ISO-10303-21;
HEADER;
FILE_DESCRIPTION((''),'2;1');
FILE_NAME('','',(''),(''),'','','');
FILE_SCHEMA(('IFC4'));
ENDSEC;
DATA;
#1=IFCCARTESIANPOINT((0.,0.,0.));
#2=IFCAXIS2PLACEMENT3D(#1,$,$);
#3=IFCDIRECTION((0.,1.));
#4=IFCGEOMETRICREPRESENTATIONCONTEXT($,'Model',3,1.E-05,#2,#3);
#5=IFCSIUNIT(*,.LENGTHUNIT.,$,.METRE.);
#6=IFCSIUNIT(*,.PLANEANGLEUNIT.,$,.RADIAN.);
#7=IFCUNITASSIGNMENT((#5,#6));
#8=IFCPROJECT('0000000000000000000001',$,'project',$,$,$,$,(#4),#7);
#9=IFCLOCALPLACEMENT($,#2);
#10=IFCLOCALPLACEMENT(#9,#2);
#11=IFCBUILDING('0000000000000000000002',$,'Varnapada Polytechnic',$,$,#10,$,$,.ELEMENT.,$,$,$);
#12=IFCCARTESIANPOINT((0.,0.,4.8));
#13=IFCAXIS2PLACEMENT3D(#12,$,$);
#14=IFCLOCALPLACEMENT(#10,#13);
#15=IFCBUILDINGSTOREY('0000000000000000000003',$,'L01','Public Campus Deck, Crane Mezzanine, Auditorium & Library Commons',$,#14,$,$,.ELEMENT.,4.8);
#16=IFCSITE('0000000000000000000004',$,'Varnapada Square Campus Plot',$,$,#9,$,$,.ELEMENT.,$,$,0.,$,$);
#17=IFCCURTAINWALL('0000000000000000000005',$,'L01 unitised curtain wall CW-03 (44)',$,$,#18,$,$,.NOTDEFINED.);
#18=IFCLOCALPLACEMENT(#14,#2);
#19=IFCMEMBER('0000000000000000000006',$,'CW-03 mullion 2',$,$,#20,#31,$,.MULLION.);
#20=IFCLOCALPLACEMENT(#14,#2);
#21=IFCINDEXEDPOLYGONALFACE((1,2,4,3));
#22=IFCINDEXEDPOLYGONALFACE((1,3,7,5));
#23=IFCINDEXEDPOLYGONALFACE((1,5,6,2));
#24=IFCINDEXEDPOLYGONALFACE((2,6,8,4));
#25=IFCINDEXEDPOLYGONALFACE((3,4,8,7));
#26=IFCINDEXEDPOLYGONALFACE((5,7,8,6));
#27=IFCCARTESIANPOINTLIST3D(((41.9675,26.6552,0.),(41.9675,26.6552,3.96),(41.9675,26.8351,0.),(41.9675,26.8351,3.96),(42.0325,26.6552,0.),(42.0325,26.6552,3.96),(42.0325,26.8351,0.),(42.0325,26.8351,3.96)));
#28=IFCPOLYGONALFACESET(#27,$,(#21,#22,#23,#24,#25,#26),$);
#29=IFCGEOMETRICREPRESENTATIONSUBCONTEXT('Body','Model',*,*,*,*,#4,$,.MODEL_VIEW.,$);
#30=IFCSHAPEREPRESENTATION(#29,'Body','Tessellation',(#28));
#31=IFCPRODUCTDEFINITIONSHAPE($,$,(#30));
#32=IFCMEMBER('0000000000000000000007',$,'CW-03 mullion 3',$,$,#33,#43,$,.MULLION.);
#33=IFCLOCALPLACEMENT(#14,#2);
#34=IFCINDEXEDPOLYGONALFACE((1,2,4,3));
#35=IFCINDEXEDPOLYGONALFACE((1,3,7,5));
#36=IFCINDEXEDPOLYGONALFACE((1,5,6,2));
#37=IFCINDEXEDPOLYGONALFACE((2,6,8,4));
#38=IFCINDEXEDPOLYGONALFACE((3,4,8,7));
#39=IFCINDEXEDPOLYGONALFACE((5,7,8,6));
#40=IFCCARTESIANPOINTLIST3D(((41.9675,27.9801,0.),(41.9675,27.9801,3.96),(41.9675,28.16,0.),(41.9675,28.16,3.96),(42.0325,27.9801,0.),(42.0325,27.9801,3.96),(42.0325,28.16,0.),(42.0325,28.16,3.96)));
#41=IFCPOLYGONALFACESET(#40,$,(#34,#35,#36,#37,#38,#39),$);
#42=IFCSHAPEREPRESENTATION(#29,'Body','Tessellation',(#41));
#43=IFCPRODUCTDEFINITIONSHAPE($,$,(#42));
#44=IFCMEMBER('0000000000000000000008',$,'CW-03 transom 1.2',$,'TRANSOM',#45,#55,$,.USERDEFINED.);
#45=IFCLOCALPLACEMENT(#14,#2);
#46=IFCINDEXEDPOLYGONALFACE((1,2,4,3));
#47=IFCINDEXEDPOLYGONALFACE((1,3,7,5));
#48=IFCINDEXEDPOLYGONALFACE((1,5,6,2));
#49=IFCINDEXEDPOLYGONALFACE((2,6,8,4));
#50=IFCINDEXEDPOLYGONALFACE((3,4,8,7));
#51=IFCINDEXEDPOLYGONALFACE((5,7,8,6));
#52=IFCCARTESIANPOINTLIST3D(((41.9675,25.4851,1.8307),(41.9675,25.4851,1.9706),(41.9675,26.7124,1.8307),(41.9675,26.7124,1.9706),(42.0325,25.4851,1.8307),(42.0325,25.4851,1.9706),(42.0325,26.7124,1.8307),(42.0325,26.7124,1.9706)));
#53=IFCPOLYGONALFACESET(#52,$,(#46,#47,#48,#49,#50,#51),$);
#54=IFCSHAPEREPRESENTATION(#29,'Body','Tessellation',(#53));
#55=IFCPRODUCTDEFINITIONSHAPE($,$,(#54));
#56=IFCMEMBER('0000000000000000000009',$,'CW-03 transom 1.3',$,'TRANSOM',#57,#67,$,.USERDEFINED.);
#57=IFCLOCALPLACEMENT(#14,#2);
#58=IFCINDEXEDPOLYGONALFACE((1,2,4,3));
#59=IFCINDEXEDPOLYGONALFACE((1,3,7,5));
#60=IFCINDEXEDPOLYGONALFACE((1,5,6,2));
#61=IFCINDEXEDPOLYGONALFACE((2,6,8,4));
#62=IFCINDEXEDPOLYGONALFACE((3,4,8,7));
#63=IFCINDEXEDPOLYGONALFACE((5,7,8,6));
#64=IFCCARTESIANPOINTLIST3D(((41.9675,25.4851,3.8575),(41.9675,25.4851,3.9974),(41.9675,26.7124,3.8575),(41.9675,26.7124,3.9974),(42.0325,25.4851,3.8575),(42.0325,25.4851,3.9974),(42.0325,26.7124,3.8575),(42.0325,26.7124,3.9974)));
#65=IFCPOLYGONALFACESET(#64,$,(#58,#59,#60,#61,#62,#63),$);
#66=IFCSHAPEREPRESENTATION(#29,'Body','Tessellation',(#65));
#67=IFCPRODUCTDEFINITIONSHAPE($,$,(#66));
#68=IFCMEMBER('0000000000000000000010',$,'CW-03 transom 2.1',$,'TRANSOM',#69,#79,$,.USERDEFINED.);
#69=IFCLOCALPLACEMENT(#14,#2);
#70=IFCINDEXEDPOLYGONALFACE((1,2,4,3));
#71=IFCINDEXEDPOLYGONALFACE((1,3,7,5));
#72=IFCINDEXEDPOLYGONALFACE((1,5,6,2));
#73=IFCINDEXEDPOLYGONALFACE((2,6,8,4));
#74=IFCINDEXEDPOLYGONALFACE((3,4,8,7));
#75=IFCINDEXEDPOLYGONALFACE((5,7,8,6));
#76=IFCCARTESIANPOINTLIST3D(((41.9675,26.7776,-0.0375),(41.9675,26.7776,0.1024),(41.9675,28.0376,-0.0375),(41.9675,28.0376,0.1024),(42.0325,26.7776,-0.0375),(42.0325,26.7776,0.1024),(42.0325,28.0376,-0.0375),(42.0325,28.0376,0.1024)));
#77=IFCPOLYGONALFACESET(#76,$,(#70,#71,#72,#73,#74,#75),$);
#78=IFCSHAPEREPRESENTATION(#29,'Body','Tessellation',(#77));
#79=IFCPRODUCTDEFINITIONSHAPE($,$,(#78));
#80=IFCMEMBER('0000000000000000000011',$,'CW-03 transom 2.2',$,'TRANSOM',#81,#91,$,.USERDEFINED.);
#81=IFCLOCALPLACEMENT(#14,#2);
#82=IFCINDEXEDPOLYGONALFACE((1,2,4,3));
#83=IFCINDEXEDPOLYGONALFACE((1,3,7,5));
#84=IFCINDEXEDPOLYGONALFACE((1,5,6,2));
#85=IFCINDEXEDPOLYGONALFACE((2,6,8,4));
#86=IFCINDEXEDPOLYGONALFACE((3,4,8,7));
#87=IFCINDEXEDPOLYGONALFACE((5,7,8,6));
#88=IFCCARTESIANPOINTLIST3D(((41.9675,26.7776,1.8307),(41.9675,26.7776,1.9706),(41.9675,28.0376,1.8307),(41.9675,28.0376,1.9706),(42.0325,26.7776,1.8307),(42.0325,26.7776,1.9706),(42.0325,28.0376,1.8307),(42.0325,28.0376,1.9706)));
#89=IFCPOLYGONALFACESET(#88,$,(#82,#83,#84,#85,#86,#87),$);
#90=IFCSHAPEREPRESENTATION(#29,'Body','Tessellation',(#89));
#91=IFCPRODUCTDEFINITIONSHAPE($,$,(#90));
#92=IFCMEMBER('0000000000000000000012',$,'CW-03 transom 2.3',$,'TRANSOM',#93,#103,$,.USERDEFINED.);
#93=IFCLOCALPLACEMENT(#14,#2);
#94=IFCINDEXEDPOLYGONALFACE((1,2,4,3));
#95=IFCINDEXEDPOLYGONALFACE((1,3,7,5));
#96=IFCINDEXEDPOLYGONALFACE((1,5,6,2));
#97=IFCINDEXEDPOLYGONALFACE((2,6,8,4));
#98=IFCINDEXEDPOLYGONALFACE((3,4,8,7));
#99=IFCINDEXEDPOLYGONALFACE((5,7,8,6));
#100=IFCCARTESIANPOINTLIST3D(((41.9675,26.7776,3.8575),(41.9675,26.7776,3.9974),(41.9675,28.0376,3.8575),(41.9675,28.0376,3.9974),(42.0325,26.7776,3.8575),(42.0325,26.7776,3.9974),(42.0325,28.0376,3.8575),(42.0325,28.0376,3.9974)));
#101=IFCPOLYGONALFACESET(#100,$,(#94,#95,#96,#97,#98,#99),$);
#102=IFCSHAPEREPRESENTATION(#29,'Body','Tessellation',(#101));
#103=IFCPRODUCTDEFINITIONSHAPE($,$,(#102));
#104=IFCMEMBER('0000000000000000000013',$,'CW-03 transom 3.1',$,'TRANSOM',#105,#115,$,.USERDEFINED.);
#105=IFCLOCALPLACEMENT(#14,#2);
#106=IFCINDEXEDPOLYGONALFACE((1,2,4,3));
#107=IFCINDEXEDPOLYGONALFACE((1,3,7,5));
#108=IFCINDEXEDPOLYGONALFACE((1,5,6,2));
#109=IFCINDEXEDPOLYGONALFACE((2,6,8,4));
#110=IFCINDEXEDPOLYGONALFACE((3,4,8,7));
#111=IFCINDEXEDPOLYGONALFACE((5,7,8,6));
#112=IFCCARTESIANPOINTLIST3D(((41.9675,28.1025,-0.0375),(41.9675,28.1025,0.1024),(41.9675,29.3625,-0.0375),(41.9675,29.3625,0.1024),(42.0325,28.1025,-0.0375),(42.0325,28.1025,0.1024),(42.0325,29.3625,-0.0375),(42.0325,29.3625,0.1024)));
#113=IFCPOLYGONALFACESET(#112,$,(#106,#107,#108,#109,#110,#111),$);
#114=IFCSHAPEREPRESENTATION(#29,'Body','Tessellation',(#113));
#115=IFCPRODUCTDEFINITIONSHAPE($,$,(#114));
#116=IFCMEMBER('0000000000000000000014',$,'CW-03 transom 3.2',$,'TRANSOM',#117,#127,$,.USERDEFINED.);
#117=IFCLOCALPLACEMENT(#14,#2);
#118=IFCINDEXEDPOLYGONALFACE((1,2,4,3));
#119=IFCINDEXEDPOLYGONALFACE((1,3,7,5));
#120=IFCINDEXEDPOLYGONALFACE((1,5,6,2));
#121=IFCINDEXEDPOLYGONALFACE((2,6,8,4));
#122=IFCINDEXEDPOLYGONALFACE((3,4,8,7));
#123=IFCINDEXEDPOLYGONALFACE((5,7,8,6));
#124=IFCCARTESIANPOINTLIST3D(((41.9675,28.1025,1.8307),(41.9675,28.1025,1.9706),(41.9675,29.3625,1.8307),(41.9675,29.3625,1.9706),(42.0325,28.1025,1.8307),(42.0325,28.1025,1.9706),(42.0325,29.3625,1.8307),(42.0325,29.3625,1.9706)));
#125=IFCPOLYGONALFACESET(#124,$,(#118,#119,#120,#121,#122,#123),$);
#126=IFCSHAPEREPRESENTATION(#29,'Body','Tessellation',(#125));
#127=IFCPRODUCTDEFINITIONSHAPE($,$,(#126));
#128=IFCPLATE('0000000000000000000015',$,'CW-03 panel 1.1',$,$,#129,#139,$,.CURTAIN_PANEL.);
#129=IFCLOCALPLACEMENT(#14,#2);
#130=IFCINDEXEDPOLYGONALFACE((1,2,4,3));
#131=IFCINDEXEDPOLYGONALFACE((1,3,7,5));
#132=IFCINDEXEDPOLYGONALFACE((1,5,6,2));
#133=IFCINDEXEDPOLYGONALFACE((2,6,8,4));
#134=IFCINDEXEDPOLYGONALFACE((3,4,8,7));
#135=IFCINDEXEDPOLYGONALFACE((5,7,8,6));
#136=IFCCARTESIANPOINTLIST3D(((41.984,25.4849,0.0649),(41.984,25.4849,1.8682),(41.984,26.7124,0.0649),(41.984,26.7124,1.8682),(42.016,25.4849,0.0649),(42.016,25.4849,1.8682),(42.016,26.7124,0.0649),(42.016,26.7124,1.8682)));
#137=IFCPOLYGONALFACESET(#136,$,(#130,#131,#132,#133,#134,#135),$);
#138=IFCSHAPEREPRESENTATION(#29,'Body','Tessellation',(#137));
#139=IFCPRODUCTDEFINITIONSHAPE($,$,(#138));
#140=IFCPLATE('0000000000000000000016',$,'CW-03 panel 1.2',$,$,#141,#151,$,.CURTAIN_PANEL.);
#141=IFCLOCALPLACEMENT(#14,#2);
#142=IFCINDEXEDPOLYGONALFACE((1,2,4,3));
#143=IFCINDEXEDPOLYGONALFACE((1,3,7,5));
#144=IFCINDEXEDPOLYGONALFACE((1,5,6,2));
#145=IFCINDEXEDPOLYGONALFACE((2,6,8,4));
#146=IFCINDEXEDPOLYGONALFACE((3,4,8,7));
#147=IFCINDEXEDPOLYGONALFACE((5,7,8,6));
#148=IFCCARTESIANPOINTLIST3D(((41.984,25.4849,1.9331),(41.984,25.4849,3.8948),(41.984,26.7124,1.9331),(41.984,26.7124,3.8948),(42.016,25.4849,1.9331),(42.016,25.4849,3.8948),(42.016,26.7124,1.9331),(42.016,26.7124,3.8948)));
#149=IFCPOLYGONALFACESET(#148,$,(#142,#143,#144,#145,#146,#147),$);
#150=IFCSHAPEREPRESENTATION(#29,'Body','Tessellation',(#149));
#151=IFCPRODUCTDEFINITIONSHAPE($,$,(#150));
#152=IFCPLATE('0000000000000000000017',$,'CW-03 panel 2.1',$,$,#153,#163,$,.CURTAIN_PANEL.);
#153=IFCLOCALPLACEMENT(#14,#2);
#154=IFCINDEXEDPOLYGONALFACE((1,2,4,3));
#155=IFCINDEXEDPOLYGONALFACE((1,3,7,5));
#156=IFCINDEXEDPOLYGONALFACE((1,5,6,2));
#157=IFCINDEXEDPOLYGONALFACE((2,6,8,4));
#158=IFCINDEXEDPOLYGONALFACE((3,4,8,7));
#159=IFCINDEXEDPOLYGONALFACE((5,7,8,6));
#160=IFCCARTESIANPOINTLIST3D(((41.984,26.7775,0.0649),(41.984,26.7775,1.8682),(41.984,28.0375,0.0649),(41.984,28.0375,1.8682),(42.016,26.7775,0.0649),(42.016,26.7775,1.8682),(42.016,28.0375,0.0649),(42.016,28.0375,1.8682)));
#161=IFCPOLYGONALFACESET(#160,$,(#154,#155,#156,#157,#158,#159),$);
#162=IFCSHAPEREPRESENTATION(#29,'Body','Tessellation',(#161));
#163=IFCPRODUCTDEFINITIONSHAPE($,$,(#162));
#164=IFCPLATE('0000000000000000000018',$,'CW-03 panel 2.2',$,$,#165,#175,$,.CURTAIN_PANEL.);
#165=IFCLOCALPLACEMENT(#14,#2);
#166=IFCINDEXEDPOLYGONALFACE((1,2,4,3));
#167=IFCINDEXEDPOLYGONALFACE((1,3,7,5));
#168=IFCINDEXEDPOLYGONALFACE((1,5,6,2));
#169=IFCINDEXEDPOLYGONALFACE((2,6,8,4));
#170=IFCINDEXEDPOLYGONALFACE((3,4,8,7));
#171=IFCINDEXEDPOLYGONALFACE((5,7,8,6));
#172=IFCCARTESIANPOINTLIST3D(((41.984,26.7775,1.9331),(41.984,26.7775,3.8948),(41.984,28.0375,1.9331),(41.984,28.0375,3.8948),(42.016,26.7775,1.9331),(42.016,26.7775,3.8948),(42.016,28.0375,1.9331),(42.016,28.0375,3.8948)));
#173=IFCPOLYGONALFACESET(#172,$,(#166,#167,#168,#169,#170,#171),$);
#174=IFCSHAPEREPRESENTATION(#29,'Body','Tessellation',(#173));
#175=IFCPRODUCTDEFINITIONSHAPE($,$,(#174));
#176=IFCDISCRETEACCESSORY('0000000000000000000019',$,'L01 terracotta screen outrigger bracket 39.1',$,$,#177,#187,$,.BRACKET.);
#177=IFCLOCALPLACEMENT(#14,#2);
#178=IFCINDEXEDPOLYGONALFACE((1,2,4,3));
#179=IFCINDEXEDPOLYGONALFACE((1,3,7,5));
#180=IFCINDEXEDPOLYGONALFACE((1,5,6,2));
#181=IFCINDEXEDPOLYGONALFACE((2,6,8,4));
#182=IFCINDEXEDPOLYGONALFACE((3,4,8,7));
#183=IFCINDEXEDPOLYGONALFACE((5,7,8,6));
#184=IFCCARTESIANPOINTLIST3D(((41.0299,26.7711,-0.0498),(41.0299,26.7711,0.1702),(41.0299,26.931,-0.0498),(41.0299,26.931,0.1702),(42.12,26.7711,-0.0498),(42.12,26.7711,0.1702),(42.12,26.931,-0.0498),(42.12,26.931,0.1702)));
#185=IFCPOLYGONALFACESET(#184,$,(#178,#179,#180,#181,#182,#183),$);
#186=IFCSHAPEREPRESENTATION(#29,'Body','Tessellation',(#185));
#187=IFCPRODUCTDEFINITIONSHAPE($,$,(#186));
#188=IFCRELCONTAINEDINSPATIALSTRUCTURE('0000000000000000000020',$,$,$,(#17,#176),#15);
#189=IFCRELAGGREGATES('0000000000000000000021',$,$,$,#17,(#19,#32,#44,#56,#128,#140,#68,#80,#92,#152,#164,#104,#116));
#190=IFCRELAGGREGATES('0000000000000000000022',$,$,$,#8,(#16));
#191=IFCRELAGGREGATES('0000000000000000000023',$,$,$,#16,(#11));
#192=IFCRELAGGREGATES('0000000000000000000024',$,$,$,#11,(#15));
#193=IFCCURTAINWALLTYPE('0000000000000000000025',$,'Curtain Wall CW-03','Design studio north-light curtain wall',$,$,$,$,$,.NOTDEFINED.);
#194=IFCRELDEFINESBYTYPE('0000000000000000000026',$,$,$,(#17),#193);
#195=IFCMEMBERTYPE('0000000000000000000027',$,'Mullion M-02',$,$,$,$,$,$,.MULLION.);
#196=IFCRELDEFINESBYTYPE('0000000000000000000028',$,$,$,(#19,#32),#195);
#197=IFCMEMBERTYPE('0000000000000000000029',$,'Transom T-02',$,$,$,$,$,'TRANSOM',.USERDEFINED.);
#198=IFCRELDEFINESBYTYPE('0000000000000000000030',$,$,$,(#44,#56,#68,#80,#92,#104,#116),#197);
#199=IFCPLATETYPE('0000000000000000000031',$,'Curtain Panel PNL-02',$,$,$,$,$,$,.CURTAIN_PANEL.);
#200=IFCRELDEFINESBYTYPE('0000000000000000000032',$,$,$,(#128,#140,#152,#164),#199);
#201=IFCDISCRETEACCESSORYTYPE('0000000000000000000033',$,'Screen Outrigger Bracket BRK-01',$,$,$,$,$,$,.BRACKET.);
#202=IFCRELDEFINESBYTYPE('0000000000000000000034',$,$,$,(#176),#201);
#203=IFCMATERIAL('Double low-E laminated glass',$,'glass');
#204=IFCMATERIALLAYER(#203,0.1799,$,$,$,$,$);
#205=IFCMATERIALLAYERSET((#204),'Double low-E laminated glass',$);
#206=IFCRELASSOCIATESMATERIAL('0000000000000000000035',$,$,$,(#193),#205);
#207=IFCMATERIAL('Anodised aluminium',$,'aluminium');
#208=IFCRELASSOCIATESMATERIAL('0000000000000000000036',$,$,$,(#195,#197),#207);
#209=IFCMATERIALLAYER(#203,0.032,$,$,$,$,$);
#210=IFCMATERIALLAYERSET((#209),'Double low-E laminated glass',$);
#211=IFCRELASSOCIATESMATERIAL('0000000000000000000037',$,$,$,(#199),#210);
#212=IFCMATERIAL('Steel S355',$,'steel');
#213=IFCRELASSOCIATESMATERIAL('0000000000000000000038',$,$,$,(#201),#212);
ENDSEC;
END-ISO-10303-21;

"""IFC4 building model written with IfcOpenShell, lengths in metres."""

from ifc_helpers import new_model, si_unit, direction, frame, origin, origin_2d, place, context, subcontext, project, spatial, rectangle, extrude, material, layer, layer_set, material_profile, profile_set, type_object, element, aggregate, save


model = new_model("IFC4")

# Units and contexts
model_context = context("Model", 3, precision=1e-05, world=origin(), true_north=direction((0.0, 1.0)))
body_context = subcontext(model_context, "Body", "Model", "MODEL_VIEW")
ifc_project = project(units=[si_unit("LENGTHUNIT", "METRE"), si_unit("PLANEANGLEUNIT", "RADIAN")], contexts=[model_context])

# Site, building, storey
site_placement = place(None, origin())
site = spatial("IfcSite", under=ifc_project, at=site_placement, Name="Varnapada Square Campus Plot", CompositionType="ELEMENT", RefElevation=0.0)
building_placement = place(site_placement, origin())
building = spatial("IfcBuilding", under=site, at=building_placement, Name="Varnapada Polytechnic", CompositionType="ELEMENT")
storey_placement = place(building_placement, frame((0.0, 0.0, 4.8)))
storey = spatial("IfcBuildingStorey", under=building, at=storey_placement, Name="L01", Description="Public Campus Deck, Crane Mezzanine, Auditorium & Library Commons", CompositionType="ELEMENT", Elevation=4.8)

# Curtain wall, members, plates
ifc_material_1 = material(Name="Double low-E laminated glass", Category="glass")
ifc_layer_1 = layer(ifc_material_1, 0.1799)
ifc_layer_set_1 = layer_set([ifc_layer_1], Name="Double low-E laminated glass")
curtain_wall_type = type_object("IfcCurtainWallType", Name="Curtain Wall CW-03", Description="Design studio north-light curtain wall", PredefinedType="NOTDEFINED", material=ifc_layer_set_1)
curtain_wall_placement = place(storey_placement, origin())
curtain_wall = element("IfcCurtainWall", 1, at=curtain_wall_placement, inside=storey, type_object=curtain_wall_type, Name="L01 unitised curtain wall CW-03 (44)", PredefinedType="NOTDEFINED")
ifc_material_2 = material(Name="Anodised aluminium", Category="aluminium")
ifc_material_profile_1 = material_profile(ifc_material_2, rectangle(XDim=0.0649, YDim=0.1799, at=origin_2d()), Name="ALU M65x180")
ifc_profile_set_1 = profile_set([ifc_material_profile_1], Name="Anodised aluminium")
member_type_1 = type_object("IfcMemberType", Name="Mullion M-02", PredefinedType="MULLION", material=ifc_profile_set_1)
member_1_placement = place(storey_placement, frame((42.0, 26.7451, 0.0), z_axis=(0.0, 0.0, 1.0), x_axis=(-1.0, 0.0, 0.0)))
member_1 = element("IfcMember", 2, at=member_1_placement, type_object=member_type_1, Name="CW-03 mullion 2", PredefinedType="MULLION", context=body_context, shape_type="SweptSolid", body=[
    extrude(rectangle(XDim=0.0649, YDim=0.1799, at=origin_2d()), origin(), (0.0, 0.0, 1.0), 3.96),
])
member_2_placement = place(storey_placement, frame((42.0, 28.0701, 0.0), z_axis=(0.0, 0.0, 1.0), x_axis=(-1.0, 0.0, 0.0)))
member_2 = element("IfcMember", 3, at=member_2_placement, type_object=member_type_1, Name="CW-03 mullion 3", PredefinedType="MULLION", context=body_context, shape_type="SweptSolid", body=[
    extrude(rectangle(XDim=0.0649, YDim=0.1799, at=origin_2d()), origin(), (0.0, 0.0, 1.0), 3.96),
])
ifc_material_profile_2 = material_profile(ifc_material_2, rectangle(XDim=0.0649, YDim=0.1399, at=origin_2d()), Name="ALU T65x140")
ifc_profile_set_2 = profile_set([ifc_material_profile_2], Name="Anodised aluminium")
member_type_2 = type_object("IfcMemberType", Name="Transom T-02", ElementType="TRANSOM", PredefinedType="USERDEFINED", material=ifc_profile_set_2)
member_3_placement = place(storey_placement, frame((42.0, 25.4851, 1.9006), z_axis=(0.0, 1.0, 0.0), x_axis=(-1.0, 0.0, 0.0)))
member_3 = element("IfcMember", 4, at=member_3_placement, type_object=member_type_2, Name="CW-03 transom 1.2", ObjectType="TRANSOM", PredefinedType="USERDEFINED", context=body_context, shape_type="SweptSolid", body=[
    extrude(rectangle(XDim=0.0649, YDim=0.1399, at=origin_2d()), origin(), (0.0, 0.0, 1.0), 1.2273),
])
member_4_placement = place(storey_placement, frame((42.0, 25.4851, 3.9275), z_axis=(0.0, 1.0, 0.0), x_axis=(-1.0, 0.0, 0.0)))
member_4 = element("IfcMember", 5, at=member_4_placement, type_object=member_type_2, Name="CW-03 transom 1.3", ObjectType="TRANSOM", PredefinedType="USERDEFINED", context=body_context, shape_type="SweptSolid", body=[
    extrude(rectangle(XDim=0.0649, YDim=0.1399, at=origin_2d()), origin(), (0.0, 0.0, 1.0), 1.2273),
])
member_5_placement = place(storey_placement, frame((42.0, 26.7776, 0.0325), z_axis=(0.0, 1.0, 0.0), x_axis=(-1.0, 0.0, 0.0)))
member_5 = element("IfcMember", 6, at=member_5_placement, type_object=member_type_2, Name="CW-03 transom 2.1", ObjectType="TRANSOM", PredefinedType="USERDEFINED", context=body_context, shape_type="SweptSolid", body=[
    extrude(rectangle(XDim=0.0649, YDim=0.1399, at=origin_2d()), origin(), (0.0, 0.0, 1.0), 1.26),
])
member_6_placement = place(storey_placement, frame((42.0, 26.7776, 1.9006), z_axis=(0.0, 1.0, 0.0), x_axis=(-1.0, 0.0, 0.0)))
member_6 = element("IfcMember", 7, at=member_6_placement, type_object=member_type_2, Name="CW-03 transom 2.2", ObjectType="TRANSOM", PredefinedType="USERDEFINED", context=body_context, shape_type="SweptSolid", body=[
    extrude(rectangle(XDim=0.0649, YDim=0.1399, at=origin_2d()), origin(), (0.0, 0.0, 1.0), 1.26),
])
member_7_placement = place(storey_placement, frame((42.0, 26.7776, 3.9275), z_axis=(0.0, 1.0, 0.0), x_axis=(-1.0, 0.0, 0.0)))
member_7 = element("IfcMember", 8, at=member_7_placement, type_object=member_type_2, Name="CW-03 transom 2.3", ObjectType="TRANSOM", PredefinedType="USERDEFINED", context=body_context, shape_type="SweptSolid", body=[
    extrude(rectangle(XDim=0.0649, YDim=0.1399, at=origin_2d()), origin(), (0.0, 0.0, 1.0), 1.26),
])
member_8_placement = place(storey_placement, frame((42.0, 28.1025, 0.0325), z_axis=(0.0, 1.0, 0.0), x_axis=(-1.0, 0.0, 0.0)))
member_8 = element("IfcMember", 9, at=member_8_placement, type_object=member_type_2, Name="CW-03 transom 3.1", ObjectType="TRANSOM", PredefinedType="USERDEFINED", context=body_context, shape_type="SweptSolid", body=[
    extrude(rectangle(XDim=0.0649, YDim=0.1399, at=origin_2d()), origin(), (0.0, 0.0, 1.0), 1.26),
])
member_9_placement = place(storey_placement, frame((42.0, 28.1025, 1.9006), z_axis=(0.0, 1.0, 0.0), x_axis=(-1.0, 0.0, 0.0)))
member_9 = element("IfcMember", 10, at=member_9_placement, type_object=member_type_2, Name="CW-03 transom 3.2", ObjectType="TRANSOM", PredefinedType="USERDEFINED", context=body_context, shape_type="SweptSolid", body=[
    extrude(rectangle(XDim=0.0649, YDim=0.1399, at=origin_2d()), origin(), (0.0, 0.0, 1.0), 1.26),
])
ifc_layer_2 = layer(ifc_material_1, 0.032)
ifc_layer_set_2 = layer_set([ifc_layer_2], Name="Double low-E laminated glass")
plate_type = type_object("IfcPlateType", Name="Curtain Panel PNL-02", PredefinedType="CURTAIN_PANEL", material=ifc_layer_set_2)
plate_1_placement = place(storey_placement, frame((42.0, 26.0986, 0.0649), z_axis=(0.0, 0.0, 1.0), x_axis=(0.0, 1.0, 0.0)))
plate_1 = element("IfcPlate", 11, at=plate_1_placement, type_object=plate_type, Name="CW-03 panel 1.1", PredefinedType="CURTAIN_PANEL", context=body_context, shape_type="SweptSolid", body=[
    extrude(rectangle(XDim=1.2275, YDim=0.032, at=origin_2d()), origin(), (0.0, 0.0, 1.0), 1.8032),
])
plate_2_placement = place(storey_placement, frame((42.0, 26.0986, 1.9331), z_axis=(0.0, 0.0, 1.0), x_axis=(0.0, 1.0, 0.0)))
plate_2 = element("IfcPlate", 12, at=plate_2_placement, type_object=plate_type, Name="CW-03 panel 1.2", PredefinedType="CURTAIN_PANEL", context=body_context, shape_type="SweptSolid", body=[
    extrude(rectangle(XDim=1.2275, YDim=0.032, at=origin_2d()), origin(), (0.0, 0.0, 1.0), 1.9617),
])
plate_3_placement = place(storey_placement, frame((42.0, 27.4075, 0.0649), z_axis=(0.0, 0.0, 1.0), x_axis=(0.0, 1.0, 0.0)))
plate_3 = element("IfcPlate", 13, at=plate_3_placement, type_object=plate_type, Name="CW-03 panel 2.1", PredefinedType="CURTAIN_PANEL", context=body_context, shape_type="SweptSolid", body=[
    extrude(rectangle(XDim=1.26, YDim=0.032, at=origin_2d()), origin(), (0.0, 0.0, 1.0), 1.8032),
])
plate_4_placement = place(storey_placement, frame((42.0, 27.4075, 1.9331), z_axis=(0.0, 0.0, 1.0), x_axis=(0.0, 1.0, 0.0)))
plate_4 = element("IfcPlate", 14, at=plate_4_placement, type_object=plate_type, Name="CW-03 panel 2.2", PredefinedType="CURTAIN_PANEL", context=body_context, shape_type="SweptSolid", body=[
    extrude(rectangle(XDim=1.26, YDim=0.032, at=origin_2d()), origin(), (0.0, 0.0, 1.0), 1.9617),
])
aggregate(curtain_wall, [member_1, member_2, member_3, member_4, plate_1, plate_2, member_5, member_6, member_7, plate_3, plate_4, member_8, member_9])

# Discrete accessory
ifc_material_3 = material(Name="Steel S355", Category="steel")
discrete_accessory_type = type_object("IfcDiscreteAccessoryType", Name="Screen Outrigger Bracket BRK-01", PredefinedType="BRACKET", material=ifc_material_3)
discrete_accessory_placement = place(storey_placement, frame((41.575, 26.8511, -0.0498), z_axis=(0.0, 0.0, 1.0), x_axis=(0.0, 1.0, 0.0)))
element("IfcDiscreteAccessory", 15, at=discrete_accessory_placement, inside=storey, type_object=discrete_accessory_type, Name="L01 terracotta screen outrigger bracket 39.1", PredefinedType="BRACKET", context=body_context, shape_type="SweptSolid", body=[
    extrude(rectangle(XDim=0.1599, YDim=1.0901, at=origin_2d()), origin(), (0.0, 0.0, 1.0), 0.22),
])

save(model, "model.ifc")
